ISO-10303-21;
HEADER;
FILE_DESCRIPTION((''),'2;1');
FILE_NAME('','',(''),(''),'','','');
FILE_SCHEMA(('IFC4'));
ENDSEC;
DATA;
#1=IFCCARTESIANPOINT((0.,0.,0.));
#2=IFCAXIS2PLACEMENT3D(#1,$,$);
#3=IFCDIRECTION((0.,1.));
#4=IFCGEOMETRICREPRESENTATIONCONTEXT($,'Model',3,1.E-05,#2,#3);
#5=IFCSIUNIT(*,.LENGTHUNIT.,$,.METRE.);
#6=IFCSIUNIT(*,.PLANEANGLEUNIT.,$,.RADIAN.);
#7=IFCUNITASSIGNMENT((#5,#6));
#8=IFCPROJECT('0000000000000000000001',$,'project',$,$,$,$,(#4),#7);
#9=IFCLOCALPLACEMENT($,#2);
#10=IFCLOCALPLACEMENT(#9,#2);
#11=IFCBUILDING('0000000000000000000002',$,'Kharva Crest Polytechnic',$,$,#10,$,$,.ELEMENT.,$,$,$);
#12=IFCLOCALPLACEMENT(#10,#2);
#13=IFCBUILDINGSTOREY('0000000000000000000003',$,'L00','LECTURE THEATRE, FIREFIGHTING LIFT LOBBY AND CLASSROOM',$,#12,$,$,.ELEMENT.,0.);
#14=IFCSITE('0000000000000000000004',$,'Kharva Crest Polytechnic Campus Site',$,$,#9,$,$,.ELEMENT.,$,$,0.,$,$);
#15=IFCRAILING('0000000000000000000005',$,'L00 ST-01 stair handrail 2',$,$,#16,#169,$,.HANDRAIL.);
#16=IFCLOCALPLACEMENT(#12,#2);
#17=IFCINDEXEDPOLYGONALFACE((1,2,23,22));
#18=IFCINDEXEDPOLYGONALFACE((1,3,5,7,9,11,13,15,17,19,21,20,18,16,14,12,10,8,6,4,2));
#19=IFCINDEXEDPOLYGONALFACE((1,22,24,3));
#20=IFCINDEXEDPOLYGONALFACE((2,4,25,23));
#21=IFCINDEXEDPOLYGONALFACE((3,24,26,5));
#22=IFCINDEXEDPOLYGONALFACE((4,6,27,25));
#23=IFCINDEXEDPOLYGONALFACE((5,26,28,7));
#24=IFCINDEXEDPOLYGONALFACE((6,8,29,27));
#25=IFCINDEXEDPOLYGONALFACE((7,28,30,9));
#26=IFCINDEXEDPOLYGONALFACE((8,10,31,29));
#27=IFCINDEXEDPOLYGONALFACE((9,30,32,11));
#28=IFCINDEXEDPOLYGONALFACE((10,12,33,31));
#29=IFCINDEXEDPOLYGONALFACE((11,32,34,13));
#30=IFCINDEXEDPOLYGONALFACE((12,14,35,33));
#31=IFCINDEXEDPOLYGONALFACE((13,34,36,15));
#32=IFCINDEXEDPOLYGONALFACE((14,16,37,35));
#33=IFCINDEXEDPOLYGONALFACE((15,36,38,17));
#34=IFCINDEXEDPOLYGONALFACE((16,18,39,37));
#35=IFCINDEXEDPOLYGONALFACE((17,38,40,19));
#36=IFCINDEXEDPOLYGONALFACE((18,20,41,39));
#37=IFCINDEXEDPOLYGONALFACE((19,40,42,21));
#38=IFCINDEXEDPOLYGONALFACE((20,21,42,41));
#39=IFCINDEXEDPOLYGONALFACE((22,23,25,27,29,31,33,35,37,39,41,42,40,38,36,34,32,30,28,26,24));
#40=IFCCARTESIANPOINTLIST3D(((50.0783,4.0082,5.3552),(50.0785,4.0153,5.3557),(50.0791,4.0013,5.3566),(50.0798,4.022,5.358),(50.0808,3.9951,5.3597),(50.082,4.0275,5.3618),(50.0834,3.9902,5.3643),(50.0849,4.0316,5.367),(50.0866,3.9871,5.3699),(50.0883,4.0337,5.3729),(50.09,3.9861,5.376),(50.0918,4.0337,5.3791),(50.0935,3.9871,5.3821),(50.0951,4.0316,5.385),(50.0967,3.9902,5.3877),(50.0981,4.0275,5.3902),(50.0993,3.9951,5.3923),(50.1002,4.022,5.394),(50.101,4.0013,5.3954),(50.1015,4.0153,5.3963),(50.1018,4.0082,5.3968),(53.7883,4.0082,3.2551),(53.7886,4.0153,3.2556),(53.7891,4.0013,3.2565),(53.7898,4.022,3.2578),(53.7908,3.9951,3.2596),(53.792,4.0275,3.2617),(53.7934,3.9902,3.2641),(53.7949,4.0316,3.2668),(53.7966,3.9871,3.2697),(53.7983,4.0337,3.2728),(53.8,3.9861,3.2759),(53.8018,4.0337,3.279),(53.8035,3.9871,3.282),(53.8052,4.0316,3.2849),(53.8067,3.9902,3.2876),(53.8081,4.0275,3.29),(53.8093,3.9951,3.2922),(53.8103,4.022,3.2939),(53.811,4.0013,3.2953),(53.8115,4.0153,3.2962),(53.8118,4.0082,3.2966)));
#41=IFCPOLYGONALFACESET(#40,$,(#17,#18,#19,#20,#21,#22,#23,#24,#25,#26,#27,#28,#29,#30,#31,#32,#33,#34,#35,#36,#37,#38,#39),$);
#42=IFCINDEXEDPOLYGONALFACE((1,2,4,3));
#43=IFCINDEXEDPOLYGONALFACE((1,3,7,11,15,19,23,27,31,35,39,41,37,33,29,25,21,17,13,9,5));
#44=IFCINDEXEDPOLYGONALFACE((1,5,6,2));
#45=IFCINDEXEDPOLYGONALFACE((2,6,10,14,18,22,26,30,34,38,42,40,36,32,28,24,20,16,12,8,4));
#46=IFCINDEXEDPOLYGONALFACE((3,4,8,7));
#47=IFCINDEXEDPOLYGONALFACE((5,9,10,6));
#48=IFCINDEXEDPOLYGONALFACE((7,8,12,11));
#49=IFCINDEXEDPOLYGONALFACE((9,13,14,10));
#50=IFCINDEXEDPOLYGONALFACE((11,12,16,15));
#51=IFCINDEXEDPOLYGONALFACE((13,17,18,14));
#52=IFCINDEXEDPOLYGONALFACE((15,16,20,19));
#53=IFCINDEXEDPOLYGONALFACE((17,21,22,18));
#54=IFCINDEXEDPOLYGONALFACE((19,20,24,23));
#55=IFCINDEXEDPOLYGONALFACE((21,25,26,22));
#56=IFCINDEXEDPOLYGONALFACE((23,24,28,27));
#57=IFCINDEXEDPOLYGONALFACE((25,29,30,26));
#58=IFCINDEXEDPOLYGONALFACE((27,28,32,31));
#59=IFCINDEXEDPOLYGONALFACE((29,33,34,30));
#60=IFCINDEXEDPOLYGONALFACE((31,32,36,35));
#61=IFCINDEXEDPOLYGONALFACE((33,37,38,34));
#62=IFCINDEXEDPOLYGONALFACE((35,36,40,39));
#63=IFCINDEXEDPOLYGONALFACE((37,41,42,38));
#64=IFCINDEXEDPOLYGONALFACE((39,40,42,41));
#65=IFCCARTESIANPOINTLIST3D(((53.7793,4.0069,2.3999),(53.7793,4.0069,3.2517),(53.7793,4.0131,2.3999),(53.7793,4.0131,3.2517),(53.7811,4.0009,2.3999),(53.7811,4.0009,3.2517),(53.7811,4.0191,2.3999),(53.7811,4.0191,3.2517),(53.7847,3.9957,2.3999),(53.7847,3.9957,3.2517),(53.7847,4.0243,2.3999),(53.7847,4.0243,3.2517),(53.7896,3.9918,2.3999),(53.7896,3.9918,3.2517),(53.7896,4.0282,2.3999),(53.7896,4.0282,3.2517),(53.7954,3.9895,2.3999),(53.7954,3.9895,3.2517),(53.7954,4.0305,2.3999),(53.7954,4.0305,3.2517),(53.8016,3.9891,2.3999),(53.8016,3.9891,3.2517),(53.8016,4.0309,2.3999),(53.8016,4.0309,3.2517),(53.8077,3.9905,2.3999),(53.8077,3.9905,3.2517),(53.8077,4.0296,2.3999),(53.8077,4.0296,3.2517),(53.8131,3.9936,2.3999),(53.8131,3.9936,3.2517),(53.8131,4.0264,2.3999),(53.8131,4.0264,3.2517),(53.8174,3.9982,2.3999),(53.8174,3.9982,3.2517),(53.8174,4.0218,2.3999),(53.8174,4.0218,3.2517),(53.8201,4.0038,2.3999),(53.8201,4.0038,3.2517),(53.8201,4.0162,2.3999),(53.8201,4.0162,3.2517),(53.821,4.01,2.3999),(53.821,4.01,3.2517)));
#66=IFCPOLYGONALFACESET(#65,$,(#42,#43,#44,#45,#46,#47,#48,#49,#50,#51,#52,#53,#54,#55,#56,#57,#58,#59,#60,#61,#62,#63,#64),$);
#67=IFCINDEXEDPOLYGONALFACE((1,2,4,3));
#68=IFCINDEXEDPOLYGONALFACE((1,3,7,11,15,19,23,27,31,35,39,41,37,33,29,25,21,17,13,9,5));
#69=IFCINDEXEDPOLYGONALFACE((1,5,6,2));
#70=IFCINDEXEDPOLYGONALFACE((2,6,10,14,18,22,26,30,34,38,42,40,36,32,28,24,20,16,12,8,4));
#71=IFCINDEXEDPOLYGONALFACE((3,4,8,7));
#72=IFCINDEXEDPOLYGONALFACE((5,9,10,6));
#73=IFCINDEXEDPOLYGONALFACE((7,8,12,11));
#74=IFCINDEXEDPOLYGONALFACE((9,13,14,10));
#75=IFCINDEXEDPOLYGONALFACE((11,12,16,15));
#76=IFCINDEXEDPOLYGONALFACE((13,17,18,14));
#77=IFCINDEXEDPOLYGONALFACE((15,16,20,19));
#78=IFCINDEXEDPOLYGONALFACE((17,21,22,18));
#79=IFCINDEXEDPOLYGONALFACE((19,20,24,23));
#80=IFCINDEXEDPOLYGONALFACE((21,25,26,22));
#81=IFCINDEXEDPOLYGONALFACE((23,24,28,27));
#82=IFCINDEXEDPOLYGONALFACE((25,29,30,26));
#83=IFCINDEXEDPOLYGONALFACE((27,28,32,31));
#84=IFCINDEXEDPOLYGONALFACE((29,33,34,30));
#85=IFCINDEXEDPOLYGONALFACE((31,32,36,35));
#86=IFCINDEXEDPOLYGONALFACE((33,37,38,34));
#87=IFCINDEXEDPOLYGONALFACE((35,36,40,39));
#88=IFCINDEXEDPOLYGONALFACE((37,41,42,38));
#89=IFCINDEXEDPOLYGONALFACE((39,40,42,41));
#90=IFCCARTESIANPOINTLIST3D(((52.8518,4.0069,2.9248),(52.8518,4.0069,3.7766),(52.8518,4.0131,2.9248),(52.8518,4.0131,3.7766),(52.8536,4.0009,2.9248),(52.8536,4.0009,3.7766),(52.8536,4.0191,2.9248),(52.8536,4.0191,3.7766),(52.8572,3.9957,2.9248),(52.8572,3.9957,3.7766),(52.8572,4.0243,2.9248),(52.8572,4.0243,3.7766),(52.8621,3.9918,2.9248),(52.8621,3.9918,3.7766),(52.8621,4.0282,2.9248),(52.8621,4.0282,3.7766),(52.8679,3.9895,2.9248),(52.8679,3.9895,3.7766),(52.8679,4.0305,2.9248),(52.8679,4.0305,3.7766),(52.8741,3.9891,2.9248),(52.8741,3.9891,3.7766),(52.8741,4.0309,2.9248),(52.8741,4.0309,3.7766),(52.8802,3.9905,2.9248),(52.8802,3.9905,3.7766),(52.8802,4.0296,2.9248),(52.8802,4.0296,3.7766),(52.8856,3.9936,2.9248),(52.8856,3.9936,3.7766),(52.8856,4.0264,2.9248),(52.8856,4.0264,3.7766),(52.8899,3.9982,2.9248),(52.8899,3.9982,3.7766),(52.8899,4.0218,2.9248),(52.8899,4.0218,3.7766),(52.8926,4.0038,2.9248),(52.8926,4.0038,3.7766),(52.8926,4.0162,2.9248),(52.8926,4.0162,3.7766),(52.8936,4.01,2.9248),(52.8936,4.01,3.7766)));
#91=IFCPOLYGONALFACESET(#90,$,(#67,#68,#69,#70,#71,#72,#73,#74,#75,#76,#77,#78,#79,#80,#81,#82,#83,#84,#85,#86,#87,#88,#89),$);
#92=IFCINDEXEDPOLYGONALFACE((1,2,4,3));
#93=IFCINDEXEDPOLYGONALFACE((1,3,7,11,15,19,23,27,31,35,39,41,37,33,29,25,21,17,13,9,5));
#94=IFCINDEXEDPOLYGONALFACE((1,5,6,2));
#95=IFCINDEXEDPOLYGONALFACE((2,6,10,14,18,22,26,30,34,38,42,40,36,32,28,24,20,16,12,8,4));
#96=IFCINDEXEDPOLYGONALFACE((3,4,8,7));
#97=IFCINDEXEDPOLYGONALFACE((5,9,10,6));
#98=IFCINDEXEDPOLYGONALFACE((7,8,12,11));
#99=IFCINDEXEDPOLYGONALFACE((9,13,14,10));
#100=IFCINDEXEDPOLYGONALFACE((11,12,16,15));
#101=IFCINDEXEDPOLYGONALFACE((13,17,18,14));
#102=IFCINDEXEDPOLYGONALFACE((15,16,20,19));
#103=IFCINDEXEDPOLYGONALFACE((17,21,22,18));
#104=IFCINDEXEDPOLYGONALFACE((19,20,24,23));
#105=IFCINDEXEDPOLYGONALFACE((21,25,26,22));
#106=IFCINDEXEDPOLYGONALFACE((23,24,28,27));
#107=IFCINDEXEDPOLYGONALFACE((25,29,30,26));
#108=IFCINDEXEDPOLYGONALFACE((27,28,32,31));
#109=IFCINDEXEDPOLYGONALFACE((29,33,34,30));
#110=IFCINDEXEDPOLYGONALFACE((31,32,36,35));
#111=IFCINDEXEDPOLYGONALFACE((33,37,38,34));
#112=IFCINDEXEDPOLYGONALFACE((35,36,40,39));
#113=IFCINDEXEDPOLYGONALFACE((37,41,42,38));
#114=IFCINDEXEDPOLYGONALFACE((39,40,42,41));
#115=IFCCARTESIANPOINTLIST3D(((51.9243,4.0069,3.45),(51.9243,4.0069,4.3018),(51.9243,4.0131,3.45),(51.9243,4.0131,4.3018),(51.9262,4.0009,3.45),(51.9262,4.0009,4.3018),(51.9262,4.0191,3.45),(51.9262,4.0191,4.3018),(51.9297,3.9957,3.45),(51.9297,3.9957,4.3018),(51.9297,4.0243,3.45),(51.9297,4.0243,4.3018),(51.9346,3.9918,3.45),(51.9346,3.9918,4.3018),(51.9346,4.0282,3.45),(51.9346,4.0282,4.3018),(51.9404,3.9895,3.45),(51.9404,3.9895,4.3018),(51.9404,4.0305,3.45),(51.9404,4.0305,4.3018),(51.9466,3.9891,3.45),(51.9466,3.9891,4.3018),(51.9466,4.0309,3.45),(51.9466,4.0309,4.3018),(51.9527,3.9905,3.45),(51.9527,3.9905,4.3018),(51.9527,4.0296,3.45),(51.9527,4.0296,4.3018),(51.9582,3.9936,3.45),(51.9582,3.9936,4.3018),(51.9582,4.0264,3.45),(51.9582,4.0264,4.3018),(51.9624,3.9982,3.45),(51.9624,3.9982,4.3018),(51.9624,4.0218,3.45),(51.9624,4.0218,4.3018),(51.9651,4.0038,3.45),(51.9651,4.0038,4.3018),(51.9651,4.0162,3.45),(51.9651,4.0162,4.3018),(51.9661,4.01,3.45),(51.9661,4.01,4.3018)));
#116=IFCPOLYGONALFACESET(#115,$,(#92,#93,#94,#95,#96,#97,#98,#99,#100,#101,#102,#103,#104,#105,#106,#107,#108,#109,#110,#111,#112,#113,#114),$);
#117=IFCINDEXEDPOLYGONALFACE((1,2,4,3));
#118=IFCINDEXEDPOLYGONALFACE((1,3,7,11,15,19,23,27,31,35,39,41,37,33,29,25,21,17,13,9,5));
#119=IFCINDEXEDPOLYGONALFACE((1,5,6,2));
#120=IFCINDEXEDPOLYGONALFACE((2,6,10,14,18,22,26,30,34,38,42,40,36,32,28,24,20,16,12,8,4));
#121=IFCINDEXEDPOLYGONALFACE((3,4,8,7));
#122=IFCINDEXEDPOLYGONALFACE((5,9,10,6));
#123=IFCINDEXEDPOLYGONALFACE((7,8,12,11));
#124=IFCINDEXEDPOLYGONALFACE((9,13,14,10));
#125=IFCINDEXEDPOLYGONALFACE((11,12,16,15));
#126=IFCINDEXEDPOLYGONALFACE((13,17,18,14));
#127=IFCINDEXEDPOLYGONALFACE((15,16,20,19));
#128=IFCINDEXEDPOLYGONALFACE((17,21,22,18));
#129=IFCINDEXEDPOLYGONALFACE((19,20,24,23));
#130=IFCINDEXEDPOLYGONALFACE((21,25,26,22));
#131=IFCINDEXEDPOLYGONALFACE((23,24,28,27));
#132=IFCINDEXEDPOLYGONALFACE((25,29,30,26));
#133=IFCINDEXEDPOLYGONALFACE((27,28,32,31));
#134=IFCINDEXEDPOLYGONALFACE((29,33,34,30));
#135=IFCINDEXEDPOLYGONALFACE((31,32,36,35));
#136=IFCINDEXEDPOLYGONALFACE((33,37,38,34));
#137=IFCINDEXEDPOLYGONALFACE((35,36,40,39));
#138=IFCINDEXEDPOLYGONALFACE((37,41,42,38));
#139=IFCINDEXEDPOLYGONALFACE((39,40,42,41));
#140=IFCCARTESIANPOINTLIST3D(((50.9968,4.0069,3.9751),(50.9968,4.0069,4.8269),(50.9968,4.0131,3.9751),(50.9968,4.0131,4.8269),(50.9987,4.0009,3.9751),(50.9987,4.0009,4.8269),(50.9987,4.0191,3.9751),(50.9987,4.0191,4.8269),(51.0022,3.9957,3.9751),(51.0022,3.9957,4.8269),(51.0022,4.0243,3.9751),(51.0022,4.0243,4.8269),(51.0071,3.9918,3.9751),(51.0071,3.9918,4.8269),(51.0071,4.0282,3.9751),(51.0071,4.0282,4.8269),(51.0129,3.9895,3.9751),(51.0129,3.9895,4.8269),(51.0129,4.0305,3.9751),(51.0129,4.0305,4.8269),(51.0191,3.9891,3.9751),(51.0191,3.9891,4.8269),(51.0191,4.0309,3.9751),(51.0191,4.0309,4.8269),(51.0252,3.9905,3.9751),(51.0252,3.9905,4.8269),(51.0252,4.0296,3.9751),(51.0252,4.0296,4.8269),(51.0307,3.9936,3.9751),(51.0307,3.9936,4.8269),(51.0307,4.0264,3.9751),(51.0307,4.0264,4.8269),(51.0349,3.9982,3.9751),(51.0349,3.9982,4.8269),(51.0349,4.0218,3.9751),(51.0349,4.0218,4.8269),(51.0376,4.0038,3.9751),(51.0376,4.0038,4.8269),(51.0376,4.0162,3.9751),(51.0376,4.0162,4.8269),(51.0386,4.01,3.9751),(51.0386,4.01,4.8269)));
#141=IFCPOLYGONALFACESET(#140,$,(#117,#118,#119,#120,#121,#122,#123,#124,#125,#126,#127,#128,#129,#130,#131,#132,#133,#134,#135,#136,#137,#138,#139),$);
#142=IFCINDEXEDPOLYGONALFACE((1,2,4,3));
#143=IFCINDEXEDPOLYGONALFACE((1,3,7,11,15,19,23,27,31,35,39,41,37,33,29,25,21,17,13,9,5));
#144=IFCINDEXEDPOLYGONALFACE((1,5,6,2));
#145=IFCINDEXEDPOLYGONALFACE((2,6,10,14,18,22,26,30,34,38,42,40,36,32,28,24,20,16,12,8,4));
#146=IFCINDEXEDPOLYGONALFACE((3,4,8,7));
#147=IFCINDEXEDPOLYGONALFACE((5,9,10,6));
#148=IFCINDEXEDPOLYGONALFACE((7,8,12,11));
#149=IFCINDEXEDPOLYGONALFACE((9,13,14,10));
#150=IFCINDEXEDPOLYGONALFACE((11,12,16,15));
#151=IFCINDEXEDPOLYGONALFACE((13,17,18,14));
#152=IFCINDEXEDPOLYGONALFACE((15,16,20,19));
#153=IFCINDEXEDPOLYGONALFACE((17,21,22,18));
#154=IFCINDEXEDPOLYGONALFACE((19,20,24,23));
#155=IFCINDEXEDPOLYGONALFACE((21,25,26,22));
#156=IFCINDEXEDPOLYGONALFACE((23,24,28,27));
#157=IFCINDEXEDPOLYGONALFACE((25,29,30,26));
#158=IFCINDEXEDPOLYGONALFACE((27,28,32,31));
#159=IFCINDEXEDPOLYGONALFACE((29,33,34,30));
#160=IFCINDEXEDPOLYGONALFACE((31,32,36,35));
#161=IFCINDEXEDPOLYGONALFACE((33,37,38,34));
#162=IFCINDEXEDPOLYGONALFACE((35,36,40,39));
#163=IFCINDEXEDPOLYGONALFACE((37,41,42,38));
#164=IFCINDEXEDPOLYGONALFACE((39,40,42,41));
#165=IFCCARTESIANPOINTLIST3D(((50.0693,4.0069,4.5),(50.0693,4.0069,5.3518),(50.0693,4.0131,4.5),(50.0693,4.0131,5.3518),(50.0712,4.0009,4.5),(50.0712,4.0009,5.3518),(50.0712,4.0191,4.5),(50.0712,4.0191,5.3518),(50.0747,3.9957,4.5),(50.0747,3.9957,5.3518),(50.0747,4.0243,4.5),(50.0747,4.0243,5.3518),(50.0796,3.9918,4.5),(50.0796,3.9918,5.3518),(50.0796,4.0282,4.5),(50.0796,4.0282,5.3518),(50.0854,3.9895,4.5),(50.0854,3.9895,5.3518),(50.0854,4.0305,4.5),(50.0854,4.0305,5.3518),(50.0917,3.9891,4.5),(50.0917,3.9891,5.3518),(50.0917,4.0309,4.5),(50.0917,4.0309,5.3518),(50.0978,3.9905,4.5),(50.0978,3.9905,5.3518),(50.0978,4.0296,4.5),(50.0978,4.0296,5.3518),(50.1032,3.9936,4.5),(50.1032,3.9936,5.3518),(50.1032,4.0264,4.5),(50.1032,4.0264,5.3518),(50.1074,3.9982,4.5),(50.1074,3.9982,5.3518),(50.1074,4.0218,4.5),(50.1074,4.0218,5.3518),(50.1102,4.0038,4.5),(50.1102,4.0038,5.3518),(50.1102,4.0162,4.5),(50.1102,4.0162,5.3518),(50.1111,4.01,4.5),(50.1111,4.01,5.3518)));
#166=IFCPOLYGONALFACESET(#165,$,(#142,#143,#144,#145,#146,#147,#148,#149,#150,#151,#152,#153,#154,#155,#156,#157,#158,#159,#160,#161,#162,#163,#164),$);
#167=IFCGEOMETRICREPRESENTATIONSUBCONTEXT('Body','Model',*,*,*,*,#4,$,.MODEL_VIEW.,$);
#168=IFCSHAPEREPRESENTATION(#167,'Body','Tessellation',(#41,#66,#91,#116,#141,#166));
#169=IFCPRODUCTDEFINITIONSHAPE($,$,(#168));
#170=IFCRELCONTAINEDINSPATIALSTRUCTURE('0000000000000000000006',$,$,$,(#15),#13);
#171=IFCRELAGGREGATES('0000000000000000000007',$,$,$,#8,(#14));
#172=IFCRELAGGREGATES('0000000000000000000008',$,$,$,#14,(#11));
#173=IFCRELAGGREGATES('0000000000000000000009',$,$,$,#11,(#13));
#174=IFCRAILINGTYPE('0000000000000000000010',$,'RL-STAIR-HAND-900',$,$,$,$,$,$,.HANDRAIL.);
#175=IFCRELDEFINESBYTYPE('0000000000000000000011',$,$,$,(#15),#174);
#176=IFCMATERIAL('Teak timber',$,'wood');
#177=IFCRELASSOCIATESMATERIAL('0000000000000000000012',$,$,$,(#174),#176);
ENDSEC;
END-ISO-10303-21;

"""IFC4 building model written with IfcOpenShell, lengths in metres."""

from ifc_helpers import new_model, si_unit, direction, frame, origin, origin_2d, place, context, subcontext, project, spatial, circle, extrude, material, type_object, element, save


model = new_model("IFC4")

# Units and contexts
model_context = context("Model", 3, precision=1e-05, world=origin(), true_north=direction((0.0, 1.0)))
body_context = subcontext(model_context, "Body", "Model", "MODEL_VIEW")
ifc_project = project(units=[si_unit("LENGTHUNIT", "METRE"), si_unit("PLANEANGLEUNIT", "RADIAN")], contexts=[model_context])

# Site, building, storey
site_placement = place(None, origin())
site = spatial("IfcSite", under=ifc_project, at=site_placement, Name="Kharva Crest Polytechnic Campus Site", CompositionType="ELEMENT", RefElevation=0.0)
building_placement = place(site_placement, origin())
building = spatial("IfcBuilding", under=site, at=building_placement, Name="Kharva Crest Polytechnic", CompositionType="ELEMENT")
storey_placement = place(building_placement, origin())
storey = spatial("IfcBuildingStorey", under=building, at=storey_placement, Name="L00", Description="LECTURE THEATRE, FIREFIGHTING LIFT LOBBY AND CLASSROOM", CompositionType="ELEMENT", Elevation=0.0)

# Shared definitions
ifc_material_1 = material(Name="Teak timber", Category="wood")

# Railing
railing_type_1 = type_object("IfcRailingType", Name="RL-STAIR-HAND-900", PredefinedType="HANDRAIL", material=ifc_material_1)
railing_1_placement = place(storey_placement, frame((53.8, 4.01, 2.3999)))
element("IfcRailing", 1, at=railing_1_placement, inside=storey, type_object=railing_type_1, Name="L00 ST-01 stair handrail 2", PredefinedType="HANDRAIL", context=body_context, shape_type="SweptSolid", body=[
    extrude(circle(Radius=0.0239, at=origin_2d()), frame((0.0, 0.0, 0.876), z_axis=(-0.870245, 0.0, 0.492619), x_axis=(0.0, -1.0, 0.0)), (0.0, 0.0, 1.0), 4.2632),
    extrude(circle(Radius=0.021, at=origin_2d()), origin(), (0.0, 0.0, 1.0), 0.8518),
    extrude(circle(Radius=0.021, at=origin_2d()), frame((-0.9275, 0.0, 0.5249)), (0.0, 0.0, 1.0), 0.8518),
    extrude(circle(Radius=0.021, at=origin_2d()), frame((-1.855, 0.0, 1.05)), (0.0, 0.0, 1.0), 0.8518),
    extrude(circle(Radius=0.021, at=origin_2d()), frame((-2.7825, 0.0, 1.5752)), (0.0, 0.0, 1.0), 0.8518),
    extrude(circle(Radius=0.021, at=origin_2d()), frame((-3.71, 0.0, 2.1001)), (0.0, 0.0, 1.0), 0.8518),
])

save(model, "model.ifc")
